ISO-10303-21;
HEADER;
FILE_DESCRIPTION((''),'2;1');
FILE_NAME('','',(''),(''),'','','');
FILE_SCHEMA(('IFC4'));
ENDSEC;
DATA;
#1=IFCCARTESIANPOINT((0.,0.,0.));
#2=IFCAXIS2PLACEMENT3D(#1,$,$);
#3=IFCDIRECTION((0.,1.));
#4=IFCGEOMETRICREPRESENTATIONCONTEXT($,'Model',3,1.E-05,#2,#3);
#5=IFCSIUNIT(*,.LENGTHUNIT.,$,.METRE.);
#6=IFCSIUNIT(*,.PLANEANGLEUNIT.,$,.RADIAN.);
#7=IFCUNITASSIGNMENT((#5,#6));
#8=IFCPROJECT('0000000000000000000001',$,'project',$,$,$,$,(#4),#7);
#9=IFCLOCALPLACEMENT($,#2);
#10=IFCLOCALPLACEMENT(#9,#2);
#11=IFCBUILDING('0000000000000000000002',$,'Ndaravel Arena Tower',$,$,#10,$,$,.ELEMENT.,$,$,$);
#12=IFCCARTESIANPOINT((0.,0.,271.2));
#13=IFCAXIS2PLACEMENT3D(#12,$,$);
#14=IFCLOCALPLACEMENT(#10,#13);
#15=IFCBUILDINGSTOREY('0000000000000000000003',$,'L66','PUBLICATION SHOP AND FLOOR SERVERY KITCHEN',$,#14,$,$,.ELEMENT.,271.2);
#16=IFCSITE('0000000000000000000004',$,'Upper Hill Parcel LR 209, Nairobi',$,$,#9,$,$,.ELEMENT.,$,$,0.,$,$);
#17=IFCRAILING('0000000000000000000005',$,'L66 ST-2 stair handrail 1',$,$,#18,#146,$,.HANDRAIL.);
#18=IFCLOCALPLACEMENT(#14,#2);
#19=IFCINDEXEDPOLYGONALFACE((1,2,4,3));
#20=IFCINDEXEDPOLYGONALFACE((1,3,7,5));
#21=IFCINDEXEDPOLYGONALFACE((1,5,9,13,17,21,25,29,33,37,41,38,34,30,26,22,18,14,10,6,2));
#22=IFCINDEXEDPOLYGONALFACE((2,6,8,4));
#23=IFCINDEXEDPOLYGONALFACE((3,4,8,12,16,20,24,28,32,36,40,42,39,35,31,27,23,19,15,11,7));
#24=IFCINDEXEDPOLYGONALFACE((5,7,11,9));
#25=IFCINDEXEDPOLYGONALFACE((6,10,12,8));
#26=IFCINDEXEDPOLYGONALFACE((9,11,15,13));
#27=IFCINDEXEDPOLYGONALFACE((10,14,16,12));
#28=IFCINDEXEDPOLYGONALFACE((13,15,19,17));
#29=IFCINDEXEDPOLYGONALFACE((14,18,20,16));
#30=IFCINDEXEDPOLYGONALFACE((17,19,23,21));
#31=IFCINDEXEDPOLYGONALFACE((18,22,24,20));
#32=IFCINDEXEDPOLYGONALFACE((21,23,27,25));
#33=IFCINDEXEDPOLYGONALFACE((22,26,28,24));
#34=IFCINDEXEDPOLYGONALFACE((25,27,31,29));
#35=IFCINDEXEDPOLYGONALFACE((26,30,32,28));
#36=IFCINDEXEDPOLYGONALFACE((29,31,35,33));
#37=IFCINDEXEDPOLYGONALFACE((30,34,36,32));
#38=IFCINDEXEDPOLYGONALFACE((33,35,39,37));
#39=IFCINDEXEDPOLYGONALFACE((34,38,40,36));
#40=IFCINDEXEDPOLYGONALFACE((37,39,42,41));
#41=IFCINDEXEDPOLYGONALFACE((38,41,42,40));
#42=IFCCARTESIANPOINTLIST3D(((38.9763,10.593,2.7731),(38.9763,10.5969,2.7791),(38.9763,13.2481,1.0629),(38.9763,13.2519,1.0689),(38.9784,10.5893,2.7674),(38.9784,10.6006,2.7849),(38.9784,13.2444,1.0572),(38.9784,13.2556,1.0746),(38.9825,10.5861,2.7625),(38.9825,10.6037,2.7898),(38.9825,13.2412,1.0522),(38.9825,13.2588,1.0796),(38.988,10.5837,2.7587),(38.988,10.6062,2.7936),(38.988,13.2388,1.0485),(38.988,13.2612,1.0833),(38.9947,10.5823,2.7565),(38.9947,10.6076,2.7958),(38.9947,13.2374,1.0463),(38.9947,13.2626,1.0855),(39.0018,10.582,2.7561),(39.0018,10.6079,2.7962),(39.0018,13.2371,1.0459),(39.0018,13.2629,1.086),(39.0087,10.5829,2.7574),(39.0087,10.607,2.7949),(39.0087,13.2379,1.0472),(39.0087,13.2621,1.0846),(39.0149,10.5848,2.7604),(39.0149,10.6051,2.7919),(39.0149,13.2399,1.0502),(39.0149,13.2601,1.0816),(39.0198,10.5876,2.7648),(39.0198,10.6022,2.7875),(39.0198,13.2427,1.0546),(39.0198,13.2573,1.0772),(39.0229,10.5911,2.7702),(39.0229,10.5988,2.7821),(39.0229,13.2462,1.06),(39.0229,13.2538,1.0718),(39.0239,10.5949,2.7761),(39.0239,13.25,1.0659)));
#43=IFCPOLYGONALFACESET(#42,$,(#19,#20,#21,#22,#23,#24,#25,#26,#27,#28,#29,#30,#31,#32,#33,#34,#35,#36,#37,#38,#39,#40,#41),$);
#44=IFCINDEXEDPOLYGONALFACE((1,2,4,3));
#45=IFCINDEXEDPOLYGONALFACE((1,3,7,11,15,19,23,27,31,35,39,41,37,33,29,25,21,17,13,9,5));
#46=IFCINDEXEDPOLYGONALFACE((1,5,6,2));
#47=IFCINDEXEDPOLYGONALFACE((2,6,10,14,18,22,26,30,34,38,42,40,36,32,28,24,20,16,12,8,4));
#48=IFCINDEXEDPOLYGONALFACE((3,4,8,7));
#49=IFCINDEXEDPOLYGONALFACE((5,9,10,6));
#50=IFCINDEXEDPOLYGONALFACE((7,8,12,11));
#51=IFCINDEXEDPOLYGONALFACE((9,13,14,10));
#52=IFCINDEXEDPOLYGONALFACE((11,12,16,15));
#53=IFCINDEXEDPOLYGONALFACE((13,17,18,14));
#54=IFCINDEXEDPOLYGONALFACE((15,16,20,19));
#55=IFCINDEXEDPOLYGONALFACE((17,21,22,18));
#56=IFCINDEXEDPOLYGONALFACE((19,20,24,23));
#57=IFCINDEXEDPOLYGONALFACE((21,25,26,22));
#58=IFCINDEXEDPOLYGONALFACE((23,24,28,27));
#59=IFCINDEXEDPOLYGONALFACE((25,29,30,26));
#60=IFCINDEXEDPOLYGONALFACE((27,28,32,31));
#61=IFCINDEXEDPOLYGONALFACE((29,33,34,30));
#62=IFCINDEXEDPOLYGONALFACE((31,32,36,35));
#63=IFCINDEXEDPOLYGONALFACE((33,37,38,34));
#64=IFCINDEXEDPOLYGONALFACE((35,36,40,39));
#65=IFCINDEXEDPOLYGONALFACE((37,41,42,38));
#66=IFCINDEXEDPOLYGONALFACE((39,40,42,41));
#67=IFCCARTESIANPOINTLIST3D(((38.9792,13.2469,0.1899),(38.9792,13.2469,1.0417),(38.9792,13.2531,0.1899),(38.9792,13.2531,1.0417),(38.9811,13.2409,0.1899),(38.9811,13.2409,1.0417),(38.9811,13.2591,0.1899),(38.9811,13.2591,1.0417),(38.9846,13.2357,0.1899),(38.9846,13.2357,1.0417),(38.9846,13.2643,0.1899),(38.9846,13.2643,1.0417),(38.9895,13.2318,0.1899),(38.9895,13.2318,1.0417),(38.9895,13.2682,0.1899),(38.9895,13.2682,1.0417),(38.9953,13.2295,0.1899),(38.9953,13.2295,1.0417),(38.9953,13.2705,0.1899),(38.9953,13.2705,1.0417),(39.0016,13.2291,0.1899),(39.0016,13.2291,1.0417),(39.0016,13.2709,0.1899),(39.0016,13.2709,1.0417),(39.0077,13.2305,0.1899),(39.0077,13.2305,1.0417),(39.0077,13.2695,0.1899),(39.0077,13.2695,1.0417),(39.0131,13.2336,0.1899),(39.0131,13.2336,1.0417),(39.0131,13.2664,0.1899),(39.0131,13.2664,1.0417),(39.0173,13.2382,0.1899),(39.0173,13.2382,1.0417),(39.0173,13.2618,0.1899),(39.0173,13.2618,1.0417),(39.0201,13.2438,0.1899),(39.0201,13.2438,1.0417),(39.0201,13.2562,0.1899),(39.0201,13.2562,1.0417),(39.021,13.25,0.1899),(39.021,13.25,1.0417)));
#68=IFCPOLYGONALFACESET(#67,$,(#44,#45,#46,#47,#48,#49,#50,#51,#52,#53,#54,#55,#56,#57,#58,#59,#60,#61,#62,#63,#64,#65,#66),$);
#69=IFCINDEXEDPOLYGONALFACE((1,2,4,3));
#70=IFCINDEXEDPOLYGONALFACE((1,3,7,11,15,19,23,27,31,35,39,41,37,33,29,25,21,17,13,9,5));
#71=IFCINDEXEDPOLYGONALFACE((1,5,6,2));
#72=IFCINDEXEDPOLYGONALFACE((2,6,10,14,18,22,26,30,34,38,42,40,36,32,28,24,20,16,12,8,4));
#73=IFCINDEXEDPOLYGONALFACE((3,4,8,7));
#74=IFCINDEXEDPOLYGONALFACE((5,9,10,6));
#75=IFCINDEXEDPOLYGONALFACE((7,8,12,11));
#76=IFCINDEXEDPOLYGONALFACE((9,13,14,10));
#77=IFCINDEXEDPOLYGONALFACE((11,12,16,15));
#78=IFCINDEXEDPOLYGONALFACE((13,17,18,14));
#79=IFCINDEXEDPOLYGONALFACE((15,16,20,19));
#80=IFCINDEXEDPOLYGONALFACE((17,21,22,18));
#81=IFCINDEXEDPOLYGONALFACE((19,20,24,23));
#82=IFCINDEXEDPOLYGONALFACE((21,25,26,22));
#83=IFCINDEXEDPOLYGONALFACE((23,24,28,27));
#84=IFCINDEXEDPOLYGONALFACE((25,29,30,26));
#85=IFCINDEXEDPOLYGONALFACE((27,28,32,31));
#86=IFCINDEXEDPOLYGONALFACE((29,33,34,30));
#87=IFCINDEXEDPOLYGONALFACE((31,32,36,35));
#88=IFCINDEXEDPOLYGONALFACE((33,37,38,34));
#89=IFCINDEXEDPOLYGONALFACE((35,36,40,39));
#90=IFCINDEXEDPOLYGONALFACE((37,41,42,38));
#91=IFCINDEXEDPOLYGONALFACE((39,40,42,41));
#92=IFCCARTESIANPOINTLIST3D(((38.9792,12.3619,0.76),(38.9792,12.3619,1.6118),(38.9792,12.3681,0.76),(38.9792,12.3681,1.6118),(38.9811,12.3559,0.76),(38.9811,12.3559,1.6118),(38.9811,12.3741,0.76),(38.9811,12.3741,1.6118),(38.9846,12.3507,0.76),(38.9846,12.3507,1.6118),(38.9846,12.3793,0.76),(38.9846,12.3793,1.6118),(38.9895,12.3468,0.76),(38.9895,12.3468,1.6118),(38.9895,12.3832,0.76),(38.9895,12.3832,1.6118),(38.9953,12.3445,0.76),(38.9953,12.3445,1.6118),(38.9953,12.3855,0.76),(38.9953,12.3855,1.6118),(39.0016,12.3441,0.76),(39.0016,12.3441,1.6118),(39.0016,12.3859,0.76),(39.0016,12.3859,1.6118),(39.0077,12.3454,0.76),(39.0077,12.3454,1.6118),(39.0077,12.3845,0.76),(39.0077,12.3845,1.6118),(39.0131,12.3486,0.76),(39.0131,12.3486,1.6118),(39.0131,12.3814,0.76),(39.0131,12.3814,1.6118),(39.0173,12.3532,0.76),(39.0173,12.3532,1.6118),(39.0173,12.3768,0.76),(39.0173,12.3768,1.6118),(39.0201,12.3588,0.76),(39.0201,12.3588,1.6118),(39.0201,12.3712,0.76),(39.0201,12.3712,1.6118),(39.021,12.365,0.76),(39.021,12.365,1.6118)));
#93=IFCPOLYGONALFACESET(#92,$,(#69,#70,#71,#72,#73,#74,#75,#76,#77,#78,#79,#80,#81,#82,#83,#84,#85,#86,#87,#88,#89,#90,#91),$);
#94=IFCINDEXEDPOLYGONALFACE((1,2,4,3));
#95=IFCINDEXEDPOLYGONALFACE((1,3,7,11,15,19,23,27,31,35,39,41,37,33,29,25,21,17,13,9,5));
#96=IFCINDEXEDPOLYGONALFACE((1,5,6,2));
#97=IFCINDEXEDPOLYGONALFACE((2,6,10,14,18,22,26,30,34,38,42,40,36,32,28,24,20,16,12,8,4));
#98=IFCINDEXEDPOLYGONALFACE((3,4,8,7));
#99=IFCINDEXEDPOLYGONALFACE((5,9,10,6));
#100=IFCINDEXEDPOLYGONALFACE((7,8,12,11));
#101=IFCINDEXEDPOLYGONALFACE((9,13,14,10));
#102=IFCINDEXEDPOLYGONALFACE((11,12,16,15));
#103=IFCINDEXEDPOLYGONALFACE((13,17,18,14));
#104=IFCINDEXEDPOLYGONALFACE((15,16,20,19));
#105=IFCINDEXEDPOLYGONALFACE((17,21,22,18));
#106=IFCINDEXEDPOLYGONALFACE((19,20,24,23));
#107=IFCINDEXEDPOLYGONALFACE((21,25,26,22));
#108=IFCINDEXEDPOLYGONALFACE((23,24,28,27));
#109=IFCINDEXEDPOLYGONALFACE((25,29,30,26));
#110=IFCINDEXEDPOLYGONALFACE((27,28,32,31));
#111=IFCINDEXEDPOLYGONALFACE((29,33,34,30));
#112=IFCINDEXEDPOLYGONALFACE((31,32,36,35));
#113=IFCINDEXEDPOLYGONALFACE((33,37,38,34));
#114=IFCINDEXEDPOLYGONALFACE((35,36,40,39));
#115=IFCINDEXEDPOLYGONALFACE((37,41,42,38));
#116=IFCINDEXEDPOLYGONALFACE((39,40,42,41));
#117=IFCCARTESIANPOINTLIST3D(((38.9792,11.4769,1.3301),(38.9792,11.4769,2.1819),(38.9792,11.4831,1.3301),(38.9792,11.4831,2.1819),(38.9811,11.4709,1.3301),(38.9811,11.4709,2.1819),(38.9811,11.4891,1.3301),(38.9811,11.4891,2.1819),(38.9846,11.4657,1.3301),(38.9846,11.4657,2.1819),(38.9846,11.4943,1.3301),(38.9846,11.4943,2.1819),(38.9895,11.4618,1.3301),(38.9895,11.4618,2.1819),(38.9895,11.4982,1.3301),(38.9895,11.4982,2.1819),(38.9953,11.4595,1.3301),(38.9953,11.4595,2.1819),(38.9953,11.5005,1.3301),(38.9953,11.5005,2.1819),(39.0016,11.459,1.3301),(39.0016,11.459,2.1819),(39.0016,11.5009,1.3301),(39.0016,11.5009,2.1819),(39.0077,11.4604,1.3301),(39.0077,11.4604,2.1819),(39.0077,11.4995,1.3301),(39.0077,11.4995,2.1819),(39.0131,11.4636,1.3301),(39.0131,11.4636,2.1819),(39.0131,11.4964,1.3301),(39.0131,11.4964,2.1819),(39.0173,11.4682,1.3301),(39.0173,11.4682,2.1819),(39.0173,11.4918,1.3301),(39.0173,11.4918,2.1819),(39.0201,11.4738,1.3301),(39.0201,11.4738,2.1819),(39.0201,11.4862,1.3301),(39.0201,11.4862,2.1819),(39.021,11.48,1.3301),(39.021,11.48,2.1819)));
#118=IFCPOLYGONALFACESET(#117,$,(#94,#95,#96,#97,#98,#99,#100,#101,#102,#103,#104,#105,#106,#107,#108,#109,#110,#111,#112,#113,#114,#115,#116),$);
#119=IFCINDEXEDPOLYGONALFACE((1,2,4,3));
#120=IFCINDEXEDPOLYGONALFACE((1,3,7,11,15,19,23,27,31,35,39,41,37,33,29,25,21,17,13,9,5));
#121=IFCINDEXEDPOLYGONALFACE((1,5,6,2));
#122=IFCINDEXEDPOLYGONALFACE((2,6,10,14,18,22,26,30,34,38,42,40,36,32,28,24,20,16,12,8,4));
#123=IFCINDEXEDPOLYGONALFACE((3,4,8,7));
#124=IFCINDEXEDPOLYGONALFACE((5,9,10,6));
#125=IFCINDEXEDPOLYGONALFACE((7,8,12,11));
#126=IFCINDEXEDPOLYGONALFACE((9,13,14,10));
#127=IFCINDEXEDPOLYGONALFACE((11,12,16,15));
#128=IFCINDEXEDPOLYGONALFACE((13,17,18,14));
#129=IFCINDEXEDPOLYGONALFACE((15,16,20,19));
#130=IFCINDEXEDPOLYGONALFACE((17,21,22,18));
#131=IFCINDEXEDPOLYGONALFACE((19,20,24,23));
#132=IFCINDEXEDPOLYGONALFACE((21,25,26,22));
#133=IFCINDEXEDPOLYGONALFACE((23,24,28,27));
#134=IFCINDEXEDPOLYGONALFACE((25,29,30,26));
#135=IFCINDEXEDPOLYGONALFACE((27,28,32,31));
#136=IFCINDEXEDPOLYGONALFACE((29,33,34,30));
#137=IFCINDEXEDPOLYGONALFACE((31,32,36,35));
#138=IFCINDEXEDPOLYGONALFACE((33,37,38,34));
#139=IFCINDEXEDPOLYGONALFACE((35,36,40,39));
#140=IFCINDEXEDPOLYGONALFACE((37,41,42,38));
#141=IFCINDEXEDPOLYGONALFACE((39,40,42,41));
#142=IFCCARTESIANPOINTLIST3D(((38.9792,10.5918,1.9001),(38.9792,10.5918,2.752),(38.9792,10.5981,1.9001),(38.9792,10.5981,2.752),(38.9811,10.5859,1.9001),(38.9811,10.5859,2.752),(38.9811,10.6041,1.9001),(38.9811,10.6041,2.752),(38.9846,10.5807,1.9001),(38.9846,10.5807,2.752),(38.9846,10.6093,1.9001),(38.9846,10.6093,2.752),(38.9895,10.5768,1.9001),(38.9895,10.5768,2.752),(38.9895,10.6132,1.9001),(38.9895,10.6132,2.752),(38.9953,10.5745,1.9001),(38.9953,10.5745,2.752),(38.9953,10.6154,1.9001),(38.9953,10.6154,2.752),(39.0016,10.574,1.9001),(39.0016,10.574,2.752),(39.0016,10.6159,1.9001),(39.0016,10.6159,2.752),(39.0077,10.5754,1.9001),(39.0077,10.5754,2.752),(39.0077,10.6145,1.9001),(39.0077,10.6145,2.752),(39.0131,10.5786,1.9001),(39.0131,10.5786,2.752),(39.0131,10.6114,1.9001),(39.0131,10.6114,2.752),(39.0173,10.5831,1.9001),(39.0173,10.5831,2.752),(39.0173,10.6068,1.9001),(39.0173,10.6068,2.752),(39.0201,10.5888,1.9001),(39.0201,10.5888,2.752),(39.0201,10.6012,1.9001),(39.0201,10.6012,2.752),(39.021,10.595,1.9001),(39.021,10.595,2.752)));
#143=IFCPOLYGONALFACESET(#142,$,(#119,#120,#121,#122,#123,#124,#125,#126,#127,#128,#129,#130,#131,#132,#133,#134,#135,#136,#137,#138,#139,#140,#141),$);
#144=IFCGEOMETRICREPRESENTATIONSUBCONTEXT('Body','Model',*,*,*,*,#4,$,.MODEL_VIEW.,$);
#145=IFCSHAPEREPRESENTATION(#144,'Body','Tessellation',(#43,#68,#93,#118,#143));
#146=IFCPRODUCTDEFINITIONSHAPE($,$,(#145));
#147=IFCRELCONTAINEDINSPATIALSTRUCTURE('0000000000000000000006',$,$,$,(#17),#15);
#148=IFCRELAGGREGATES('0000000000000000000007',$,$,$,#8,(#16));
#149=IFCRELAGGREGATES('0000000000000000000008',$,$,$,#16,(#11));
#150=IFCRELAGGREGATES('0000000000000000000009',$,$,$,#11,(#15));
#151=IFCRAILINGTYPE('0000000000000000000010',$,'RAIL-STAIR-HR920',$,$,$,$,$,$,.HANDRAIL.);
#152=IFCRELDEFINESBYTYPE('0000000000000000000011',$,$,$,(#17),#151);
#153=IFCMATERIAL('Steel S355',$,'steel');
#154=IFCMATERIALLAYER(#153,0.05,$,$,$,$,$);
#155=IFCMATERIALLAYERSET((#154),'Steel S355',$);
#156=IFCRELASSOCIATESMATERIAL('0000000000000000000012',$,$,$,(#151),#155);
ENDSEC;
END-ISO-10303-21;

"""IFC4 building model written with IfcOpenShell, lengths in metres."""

from ifc_helpers import new_model, si_unit, direction, frame, origin, origin_2d, place, context, subcontext, project, spatial, circle, extrude, material, layer, layer_set, type_object, element, save


model = new_model("IFC4")

# Units and contexts
model_context = context("Model", 3, precision=1e-05, world=origin(), true_north=direction((0.0, 1.0)))
body_context = subcontext(model_context, "Body", "Model", "MODEL_VIEW")
ifc_project = project(units=[si_unit("LENGTHUNIT", "METRE"), si_unit("PLANEANGLEUNIT", "RADIAN")], contexts=[model_context])

# Site, building, storey
site_placement = place(None, origin())
site = spatial("IfcSite", under=ifc_project, at=site_placement, Name="Upper Hill Parcel LR 209, Nairobi", CompositionType="ELEMENT", RefElevation=0.0)
building_placement = place(site_placement, origin())
building = spatial("IfcBuilding", under=site, at=building_placement, Name="Ndaravel Arena Tower", CompositionType="ELEMENT")
storey_placement = place(building_placement, frame((0.0, 0.0, 271.2)))
storey = spatial("IfcBuildingStorey", under=building, at=storey_placement, Name="L66", Description="PUBLICATION SHOP AND FLOOR SERVERY KITCHEN", CompositionType="ELEMENT", Elevation=271.2)

# Railing
ifc_material_1 = material(Name="Steel S355", Category="steel")
ifc_layer_1 = layer(ifc_material_1, 0.05)
ifc_layer_set_1 = layer_set([ifc_layer_1], Name="Steel S355")
railing_type_1 = type_object("IfcRailingType", Name="RAIL-STAIR-HR920", PredefinedType="HANDRAIL", material=ifc_layer_set_1)
railing_1_placement = place(storey_placement, frame((39.0, 13.25, 0.1899)))
element("IfcRailing", 1, at=railing_1_placement, inside=storey, type_object=railing_type_1, Name="L66 ST-2 stair handrail 1", PredefinedType="HANDRAIL", context=body_context, shape_type="SweptSolid", body=[
    extrude(circle(Radius=0.0239, at=origin_2d()), frame((0.0, 0.0, 0.876), z_axis=(0.0, -0.840688, 0.541519), x_axis=(1.0, 0.0, 0.0)), (0.0, 0.0, 1.0), 3.1582),
    extrude(circle(Radius=0.021, at=origin_2d()), origin(), (0.0, 0.0, 1.0), 0.8518),
    extrude(circle(Radius=0.021, at=origin_2d()), frame((0.0, -0.885, 0.5701)), (0.0, 0.0, 1.0), 0.8518),
    extrude(circle(Radius=0.021, at=origin_2d()), frame((0.0, -1.77, 1.1401)), (0.0, 0.0, 1.0), 0.8518),
    extrude(circle(Radius=0.021, at=origin_2d()), frame((0.0, -2.655, 1.7102)), (0.0, 0.0, 1.0), 0.8518),
])

save(model, "model.ifc")
